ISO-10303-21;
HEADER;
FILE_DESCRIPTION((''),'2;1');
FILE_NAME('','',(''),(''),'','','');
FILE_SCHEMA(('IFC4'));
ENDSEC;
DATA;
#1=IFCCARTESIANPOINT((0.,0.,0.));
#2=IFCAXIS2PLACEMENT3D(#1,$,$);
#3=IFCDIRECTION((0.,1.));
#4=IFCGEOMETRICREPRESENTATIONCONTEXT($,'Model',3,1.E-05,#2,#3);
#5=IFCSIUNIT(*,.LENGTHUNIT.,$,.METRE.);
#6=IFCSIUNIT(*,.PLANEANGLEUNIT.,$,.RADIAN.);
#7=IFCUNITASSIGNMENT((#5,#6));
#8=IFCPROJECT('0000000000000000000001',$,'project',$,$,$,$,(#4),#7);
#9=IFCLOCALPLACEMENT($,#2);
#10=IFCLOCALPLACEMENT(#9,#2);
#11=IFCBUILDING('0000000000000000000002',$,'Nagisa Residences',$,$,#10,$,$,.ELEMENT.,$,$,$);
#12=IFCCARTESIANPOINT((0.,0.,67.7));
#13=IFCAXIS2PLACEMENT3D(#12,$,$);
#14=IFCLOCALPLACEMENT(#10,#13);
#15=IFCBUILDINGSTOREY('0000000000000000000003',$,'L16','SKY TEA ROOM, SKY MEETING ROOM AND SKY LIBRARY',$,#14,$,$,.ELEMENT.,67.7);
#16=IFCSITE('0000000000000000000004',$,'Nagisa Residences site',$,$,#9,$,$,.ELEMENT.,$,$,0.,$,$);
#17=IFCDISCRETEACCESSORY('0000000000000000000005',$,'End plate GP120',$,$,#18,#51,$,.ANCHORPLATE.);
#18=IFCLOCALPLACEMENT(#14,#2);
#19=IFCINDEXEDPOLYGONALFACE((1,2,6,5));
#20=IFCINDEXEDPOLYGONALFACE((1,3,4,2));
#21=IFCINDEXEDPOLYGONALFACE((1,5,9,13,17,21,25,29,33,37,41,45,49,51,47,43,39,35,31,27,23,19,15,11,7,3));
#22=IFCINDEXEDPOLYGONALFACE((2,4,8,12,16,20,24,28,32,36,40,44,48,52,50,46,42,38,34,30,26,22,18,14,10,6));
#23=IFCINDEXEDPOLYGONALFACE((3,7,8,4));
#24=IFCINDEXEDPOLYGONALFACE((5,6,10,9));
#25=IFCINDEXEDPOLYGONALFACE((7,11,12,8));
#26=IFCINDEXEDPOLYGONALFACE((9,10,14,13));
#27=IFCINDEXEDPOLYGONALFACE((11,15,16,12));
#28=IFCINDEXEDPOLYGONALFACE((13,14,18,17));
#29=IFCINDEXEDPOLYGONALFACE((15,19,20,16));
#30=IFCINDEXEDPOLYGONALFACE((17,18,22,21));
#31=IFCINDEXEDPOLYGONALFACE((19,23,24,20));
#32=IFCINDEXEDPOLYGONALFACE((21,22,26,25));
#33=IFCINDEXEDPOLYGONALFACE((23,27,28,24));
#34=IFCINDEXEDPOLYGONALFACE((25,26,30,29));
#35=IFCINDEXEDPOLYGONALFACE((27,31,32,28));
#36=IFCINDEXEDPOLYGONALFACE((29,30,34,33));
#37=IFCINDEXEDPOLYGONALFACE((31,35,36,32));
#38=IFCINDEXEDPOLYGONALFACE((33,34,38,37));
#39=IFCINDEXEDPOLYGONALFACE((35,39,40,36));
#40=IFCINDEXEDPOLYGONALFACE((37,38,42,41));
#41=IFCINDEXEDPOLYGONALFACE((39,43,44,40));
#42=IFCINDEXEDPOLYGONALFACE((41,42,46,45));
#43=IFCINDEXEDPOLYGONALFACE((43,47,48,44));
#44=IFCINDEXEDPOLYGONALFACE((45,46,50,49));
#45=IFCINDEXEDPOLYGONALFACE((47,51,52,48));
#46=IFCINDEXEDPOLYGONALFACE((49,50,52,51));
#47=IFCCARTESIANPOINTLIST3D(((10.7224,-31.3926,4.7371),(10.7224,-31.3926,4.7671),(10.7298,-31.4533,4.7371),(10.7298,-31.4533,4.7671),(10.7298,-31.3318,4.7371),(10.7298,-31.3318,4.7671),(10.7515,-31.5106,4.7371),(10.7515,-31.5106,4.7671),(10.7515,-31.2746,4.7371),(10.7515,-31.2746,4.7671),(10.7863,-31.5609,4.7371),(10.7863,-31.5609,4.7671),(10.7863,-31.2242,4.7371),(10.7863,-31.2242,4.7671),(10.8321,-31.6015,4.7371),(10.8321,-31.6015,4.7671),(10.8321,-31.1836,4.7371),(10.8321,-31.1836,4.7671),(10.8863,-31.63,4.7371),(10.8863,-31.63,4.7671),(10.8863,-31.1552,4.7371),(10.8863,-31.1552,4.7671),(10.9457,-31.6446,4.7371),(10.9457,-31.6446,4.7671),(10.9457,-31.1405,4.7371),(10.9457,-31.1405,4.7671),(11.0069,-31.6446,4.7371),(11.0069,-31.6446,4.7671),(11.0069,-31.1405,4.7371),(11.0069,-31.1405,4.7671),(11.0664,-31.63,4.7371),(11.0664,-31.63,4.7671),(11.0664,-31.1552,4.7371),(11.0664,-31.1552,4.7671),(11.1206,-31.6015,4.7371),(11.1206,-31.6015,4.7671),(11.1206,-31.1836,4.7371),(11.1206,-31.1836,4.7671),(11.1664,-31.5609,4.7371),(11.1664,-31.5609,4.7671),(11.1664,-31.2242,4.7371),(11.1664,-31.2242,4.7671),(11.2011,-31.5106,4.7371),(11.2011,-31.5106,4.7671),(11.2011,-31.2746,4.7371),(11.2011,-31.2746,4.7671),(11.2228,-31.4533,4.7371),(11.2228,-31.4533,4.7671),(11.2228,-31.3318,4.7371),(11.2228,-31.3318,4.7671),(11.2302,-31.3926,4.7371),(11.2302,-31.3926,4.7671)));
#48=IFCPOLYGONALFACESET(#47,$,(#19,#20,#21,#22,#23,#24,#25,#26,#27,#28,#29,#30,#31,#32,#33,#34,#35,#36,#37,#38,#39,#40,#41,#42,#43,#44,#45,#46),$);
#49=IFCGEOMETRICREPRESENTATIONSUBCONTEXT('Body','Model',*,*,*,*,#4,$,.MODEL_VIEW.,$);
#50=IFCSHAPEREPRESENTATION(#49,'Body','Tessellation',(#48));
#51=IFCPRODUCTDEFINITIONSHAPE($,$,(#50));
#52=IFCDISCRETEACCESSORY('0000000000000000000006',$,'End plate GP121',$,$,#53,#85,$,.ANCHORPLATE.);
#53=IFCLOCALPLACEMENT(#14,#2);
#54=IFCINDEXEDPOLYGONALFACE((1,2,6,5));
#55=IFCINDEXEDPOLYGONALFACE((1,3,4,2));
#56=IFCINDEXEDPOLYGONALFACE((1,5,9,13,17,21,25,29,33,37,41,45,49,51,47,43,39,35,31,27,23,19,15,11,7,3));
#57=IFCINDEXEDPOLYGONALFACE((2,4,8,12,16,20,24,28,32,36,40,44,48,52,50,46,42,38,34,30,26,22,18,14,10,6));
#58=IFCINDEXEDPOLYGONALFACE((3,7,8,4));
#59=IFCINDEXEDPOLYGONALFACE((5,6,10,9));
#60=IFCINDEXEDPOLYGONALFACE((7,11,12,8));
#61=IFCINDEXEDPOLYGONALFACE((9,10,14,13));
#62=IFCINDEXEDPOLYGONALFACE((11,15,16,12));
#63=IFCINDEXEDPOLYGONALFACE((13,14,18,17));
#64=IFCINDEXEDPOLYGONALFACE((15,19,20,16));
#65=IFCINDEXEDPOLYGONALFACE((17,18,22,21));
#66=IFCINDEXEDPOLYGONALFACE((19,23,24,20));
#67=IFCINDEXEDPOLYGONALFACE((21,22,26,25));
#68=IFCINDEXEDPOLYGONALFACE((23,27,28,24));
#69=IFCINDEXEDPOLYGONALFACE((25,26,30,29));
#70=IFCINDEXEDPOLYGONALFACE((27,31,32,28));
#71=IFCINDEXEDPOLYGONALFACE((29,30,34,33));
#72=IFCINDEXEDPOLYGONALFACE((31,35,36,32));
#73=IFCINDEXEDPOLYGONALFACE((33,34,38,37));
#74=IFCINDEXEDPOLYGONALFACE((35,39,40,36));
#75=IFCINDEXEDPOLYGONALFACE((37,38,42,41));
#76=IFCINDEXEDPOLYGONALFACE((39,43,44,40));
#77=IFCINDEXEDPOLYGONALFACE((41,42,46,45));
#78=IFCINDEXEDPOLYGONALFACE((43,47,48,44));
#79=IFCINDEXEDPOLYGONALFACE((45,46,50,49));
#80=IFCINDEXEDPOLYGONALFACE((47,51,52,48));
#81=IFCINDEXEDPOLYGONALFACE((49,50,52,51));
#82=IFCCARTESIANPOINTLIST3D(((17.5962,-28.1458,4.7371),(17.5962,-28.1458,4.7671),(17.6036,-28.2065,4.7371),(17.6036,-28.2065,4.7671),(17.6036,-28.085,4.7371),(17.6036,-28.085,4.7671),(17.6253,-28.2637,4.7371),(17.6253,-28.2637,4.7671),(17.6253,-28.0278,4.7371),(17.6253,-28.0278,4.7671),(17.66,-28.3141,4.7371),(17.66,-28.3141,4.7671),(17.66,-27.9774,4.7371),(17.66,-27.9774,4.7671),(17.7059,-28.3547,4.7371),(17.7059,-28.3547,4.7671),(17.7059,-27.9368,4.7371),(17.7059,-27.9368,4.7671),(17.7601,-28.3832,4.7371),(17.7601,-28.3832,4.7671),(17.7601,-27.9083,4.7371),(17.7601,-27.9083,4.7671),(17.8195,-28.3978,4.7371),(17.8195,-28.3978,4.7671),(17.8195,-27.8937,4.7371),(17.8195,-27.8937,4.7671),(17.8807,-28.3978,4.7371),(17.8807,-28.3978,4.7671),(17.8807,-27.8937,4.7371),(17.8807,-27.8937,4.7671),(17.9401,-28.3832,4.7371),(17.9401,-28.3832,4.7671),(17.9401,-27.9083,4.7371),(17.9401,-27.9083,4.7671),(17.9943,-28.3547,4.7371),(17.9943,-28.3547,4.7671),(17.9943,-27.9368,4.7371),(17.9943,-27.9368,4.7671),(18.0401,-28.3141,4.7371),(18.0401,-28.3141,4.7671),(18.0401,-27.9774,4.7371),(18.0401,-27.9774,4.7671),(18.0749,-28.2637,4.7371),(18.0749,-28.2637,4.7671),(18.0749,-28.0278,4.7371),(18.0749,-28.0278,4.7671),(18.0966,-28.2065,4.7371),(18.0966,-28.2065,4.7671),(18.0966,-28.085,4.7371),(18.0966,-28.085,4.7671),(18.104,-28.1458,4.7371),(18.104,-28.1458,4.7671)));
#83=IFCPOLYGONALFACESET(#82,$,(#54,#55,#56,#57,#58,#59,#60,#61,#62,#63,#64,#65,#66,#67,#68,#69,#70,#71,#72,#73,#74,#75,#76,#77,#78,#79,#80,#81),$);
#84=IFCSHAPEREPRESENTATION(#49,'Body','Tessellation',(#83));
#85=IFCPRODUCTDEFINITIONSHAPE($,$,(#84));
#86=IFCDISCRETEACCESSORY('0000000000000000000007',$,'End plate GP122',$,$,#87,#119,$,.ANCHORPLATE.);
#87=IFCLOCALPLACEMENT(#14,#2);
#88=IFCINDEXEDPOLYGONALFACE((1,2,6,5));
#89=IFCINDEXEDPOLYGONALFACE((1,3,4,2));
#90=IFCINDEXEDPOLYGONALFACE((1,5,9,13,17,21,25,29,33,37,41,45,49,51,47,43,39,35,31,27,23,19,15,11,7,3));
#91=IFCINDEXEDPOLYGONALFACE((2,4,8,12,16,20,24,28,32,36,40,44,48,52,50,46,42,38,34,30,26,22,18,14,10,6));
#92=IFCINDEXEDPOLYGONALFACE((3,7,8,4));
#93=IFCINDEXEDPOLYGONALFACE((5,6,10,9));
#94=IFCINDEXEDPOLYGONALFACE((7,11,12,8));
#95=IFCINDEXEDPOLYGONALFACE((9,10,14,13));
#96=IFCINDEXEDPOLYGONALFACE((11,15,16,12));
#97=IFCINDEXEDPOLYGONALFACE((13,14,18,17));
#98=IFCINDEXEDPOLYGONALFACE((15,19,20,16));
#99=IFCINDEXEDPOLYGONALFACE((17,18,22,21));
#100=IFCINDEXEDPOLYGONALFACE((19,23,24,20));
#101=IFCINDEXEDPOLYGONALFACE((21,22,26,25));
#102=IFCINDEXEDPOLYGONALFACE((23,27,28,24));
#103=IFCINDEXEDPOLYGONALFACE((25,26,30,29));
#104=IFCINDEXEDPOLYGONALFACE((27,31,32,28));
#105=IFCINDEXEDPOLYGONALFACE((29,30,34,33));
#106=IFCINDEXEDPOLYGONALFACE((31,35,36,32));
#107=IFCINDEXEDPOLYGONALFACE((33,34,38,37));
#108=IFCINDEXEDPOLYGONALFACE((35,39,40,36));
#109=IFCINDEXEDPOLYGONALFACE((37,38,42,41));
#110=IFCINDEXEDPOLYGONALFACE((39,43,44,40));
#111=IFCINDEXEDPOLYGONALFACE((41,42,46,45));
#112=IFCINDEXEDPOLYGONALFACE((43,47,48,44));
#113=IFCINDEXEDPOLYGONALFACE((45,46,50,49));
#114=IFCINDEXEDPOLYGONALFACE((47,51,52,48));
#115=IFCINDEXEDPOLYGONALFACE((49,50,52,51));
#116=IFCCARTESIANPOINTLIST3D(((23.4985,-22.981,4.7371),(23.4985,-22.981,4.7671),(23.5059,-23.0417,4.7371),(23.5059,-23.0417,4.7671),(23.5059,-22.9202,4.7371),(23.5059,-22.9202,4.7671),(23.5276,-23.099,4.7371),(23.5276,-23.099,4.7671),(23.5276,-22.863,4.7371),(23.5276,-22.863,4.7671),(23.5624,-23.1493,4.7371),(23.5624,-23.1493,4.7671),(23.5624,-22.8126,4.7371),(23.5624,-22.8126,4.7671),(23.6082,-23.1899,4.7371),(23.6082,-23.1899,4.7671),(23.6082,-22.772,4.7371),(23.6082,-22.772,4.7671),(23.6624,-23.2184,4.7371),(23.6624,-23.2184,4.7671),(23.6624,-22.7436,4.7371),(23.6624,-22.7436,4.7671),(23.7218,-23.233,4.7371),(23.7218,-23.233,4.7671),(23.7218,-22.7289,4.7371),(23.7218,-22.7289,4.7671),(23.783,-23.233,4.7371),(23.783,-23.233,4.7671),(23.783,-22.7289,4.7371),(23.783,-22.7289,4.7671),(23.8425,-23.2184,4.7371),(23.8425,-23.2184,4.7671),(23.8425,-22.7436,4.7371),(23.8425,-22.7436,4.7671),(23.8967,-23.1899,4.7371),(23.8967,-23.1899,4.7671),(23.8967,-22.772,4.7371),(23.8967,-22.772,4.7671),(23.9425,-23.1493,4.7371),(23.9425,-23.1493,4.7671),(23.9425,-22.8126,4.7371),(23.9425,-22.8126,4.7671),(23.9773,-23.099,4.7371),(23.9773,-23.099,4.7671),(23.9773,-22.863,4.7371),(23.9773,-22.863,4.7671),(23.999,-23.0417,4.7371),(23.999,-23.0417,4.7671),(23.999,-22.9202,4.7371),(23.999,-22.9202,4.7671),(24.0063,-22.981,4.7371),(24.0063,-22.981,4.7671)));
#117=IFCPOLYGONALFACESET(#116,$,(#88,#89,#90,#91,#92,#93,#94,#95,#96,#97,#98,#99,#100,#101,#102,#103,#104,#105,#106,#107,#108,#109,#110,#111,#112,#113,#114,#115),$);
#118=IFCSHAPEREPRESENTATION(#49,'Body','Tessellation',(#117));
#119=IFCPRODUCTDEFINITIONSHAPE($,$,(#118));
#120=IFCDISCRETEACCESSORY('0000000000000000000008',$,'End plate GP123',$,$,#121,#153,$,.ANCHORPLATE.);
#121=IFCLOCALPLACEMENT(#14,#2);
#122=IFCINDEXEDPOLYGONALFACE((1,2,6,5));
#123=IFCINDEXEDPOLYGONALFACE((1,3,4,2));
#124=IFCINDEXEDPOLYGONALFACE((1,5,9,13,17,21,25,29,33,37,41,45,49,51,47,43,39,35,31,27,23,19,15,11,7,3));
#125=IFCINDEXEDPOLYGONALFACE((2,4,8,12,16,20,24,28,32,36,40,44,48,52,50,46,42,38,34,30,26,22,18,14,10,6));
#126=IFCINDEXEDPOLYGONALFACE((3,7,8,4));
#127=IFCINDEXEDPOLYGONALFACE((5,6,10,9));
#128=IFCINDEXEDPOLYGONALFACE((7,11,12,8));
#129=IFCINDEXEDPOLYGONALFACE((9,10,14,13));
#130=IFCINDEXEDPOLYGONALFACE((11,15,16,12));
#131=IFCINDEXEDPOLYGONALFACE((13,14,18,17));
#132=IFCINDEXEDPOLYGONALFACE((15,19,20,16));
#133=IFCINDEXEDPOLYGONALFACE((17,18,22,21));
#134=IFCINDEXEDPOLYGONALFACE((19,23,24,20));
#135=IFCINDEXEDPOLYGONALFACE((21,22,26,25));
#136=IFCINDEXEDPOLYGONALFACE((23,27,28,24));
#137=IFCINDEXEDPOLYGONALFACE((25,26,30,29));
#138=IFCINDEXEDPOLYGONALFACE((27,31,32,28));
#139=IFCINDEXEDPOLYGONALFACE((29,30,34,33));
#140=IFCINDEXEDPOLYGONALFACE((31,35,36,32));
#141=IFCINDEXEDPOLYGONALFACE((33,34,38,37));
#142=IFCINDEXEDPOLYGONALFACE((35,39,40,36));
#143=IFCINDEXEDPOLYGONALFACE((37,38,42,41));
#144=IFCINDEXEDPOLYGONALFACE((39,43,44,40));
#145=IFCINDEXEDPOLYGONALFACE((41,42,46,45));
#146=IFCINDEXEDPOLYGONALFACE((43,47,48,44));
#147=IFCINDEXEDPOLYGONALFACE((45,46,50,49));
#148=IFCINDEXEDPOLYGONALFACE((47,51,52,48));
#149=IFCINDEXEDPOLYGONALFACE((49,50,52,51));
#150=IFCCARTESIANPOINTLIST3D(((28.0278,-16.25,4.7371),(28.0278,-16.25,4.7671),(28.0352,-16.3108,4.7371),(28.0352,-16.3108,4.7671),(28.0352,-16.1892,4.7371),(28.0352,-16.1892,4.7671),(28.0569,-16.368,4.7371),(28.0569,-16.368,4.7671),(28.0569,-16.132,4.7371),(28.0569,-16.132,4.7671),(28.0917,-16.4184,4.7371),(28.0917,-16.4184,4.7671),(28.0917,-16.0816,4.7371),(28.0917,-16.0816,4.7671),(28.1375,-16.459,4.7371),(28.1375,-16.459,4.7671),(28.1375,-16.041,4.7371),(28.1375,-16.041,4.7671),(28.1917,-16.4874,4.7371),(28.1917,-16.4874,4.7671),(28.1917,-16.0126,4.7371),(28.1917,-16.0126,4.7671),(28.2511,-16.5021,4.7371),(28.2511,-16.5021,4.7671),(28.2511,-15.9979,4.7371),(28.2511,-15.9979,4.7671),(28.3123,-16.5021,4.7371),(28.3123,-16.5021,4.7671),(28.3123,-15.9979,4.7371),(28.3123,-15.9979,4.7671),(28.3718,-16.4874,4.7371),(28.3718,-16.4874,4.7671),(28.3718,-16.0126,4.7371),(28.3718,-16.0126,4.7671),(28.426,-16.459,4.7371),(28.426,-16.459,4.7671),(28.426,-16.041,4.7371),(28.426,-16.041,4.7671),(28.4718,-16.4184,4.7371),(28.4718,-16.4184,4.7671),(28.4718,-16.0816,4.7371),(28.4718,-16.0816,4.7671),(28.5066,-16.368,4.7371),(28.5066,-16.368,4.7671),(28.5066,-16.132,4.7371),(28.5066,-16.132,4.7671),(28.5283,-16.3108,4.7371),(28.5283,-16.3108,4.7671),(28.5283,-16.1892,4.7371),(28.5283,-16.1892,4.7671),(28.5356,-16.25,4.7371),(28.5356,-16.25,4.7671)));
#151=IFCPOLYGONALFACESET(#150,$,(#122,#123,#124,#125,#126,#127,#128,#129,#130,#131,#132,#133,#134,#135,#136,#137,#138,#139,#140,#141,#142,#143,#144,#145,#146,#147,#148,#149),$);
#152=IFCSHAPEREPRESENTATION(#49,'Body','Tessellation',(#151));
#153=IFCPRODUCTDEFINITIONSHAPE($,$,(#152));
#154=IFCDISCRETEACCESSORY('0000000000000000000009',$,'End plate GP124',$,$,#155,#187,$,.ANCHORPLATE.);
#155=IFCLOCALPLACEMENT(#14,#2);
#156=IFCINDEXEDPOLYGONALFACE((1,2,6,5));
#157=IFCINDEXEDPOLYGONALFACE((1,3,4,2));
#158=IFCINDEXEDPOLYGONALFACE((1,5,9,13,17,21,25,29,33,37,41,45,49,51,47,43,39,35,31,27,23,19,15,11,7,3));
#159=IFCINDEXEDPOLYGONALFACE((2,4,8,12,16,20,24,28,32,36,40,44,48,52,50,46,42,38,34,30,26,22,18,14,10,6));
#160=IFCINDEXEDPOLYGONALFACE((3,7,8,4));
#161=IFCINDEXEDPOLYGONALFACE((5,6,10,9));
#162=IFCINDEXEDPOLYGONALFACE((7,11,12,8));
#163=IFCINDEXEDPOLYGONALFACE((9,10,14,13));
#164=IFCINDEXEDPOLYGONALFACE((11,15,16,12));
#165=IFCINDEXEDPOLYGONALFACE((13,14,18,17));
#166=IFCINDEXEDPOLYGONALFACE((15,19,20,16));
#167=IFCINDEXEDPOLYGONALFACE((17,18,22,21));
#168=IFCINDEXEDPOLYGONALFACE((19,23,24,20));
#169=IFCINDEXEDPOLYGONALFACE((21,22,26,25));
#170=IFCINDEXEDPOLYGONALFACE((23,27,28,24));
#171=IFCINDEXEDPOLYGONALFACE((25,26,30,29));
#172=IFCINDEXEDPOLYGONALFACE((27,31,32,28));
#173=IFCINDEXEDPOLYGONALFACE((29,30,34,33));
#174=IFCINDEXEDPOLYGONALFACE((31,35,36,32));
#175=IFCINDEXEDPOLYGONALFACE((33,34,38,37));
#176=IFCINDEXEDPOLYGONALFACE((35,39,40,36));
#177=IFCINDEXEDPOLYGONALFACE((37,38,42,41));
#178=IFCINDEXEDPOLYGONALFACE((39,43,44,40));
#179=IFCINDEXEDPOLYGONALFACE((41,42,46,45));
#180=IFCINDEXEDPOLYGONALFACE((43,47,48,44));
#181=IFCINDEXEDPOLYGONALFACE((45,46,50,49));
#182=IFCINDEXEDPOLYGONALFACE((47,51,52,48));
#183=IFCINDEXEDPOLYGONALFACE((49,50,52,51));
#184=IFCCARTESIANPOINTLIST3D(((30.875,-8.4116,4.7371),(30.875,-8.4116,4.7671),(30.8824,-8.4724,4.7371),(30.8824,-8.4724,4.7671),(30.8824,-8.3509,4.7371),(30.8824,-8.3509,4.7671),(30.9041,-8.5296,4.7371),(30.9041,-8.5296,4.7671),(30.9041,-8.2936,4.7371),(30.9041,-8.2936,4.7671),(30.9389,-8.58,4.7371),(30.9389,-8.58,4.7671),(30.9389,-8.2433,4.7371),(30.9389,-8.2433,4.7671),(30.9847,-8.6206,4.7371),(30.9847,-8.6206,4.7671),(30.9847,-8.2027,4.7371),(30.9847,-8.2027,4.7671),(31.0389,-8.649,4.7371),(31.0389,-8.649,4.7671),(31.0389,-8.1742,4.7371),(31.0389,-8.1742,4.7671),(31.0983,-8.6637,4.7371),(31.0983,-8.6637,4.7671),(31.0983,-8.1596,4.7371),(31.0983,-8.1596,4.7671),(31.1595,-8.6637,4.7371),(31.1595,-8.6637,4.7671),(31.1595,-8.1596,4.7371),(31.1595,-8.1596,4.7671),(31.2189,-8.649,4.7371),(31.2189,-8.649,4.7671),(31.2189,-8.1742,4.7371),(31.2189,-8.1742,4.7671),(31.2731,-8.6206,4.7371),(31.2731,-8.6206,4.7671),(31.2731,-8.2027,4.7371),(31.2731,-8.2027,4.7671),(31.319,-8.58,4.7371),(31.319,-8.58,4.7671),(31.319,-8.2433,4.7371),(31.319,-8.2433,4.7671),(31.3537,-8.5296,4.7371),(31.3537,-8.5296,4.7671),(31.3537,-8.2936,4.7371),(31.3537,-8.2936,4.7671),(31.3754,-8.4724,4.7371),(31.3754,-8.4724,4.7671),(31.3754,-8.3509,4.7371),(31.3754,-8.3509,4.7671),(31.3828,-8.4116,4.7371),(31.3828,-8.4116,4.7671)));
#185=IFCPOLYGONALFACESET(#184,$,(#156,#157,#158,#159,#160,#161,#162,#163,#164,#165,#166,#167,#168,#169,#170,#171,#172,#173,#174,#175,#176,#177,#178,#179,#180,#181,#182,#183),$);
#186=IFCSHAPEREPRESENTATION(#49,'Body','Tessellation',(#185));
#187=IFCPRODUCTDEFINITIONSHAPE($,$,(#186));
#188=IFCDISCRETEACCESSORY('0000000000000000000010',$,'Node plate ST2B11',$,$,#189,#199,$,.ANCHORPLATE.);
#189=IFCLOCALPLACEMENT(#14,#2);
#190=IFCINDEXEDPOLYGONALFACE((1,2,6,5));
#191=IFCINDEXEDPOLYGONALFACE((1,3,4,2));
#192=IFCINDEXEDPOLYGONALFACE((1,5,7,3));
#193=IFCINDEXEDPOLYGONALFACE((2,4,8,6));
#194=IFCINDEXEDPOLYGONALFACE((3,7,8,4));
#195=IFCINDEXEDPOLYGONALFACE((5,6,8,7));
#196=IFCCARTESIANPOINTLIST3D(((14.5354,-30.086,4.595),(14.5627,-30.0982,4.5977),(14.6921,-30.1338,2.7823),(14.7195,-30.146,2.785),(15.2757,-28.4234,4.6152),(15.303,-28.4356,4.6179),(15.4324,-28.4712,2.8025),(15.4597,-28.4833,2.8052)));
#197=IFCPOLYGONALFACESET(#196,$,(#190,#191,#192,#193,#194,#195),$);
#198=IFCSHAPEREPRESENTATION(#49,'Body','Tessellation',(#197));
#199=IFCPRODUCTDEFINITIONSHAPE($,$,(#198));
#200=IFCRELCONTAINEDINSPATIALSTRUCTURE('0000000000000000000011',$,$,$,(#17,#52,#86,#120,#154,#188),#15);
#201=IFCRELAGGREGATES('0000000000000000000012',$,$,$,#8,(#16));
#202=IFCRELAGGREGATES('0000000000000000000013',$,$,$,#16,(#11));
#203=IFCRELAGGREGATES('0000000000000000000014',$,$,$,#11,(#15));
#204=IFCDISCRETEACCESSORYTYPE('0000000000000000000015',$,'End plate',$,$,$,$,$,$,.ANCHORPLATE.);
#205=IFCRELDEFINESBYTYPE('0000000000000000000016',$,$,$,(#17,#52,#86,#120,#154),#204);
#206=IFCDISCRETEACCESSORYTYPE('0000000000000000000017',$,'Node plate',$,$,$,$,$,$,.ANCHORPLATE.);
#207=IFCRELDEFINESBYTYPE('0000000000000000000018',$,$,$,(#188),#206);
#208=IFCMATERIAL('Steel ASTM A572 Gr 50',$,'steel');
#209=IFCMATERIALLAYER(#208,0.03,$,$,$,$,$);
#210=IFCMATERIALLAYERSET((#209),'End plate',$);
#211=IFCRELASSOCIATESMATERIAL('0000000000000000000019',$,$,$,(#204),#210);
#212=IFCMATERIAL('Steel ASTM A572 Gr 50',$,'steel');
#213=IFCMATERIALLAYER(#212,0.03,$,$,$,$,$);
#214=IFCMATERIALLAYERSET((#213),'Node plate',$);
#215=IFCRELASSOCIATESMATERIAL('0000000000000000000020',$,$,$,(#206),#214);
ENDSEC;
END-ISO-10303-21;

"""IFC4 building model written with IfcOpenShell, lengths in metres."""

from ifc_helpers import new_model, si_unit, direction, frame, origin, origin_2d, place, context, subcontext, project, spatial, rectangle, circle, extrude, material, layer, layer_set, type_object, element, save


model = new_model("IFC4")

# Units and contexts
model_context = context("Model", 3, precision=1e-05, world=origin(), true_north=direction((0.0, 1.0)))
body_context = subcontext(model_context, "Body", "Model", "MODEL_VIEW")
ifc_project = project(units=[si_unit("LENGTHUNIT", "METRE"), si_unit("PLANEANGLEUNIT", "RADIAN")], contexts=[model_context])

# Site, building, storey
site_placement = place(None, origin())
site = spatial("IfcSite", under=ifc_project, at=site_placement, Name="Nagisa Residences site", CompositionType="ELEMENT", RefElevation=0.0)
building_placement = place(site_placement, origin())
building = spatial("IfcBuilding", under=site, at=building_placement, Name="Nagisa Residences", CompositionType="ELEMENT")
storey_placement = place(building_placement, frame((0.0, 0.0, 67.7)))
storey = spatial("IfcBuildingStorey", under=building, at=storey_placement, Name="L16", Description="SKY TEA ROOM, SKY MEETING ROOM AND SKY LIBRARY", CompositionType="ELEMENT", Elevation=67.7)

# Discrete accessories
ifc_material_1 = material(Name="Steel ASTM A572 Gr 50", Category="steel")
ifc_layer_1 = layer(ifc_material_1, 0.03)
ifc_layer_set_1 = layer_set([ifc_layer_1], Name="End plate")
discrete_accessory_type_1 = type_object("IfcDiscreteAccessoryType", Name="End plate", PredefinedType="ANCHORPLATE", material=ifc_layer_set_1)
for number, where, z_axis, x_axis, name in (
    (1, (10.9763, -31.3926, 4.7371), (0.0, 0.0, 1.0), (1.0, 0.0, 0.0), "End plate GP120"),
    (2, (17.8501, -28.1458, 4.7371), (0.0, 0.0, 1.0), (1.0, 0.0, 0.0), "End plate GP121"),
    (3, (23.7524, -22.981, 4.7371), (0.0, 0.0, 1.0), (1.0, 0.0, 0.0), "End plate GP122"),
    (4, (28.2817, -16.25, 4.7371), (0.0, 0.0, 1.0), (1.0, 0.0, 0.0), "End plate GP123"),
    (5, (31.1289, -8.4116, 4.7371), (0.0, 0.0, 1.0), (1.0, 0.0, 0.0), "End plate GP124"),
):
    element("IfcDiscreteAccessory", number, at=place(storey_placement, frame(where, z_axis=z_axis, x_axis=x_axis)), inside=storey, type_object=discrete_accessory_type_1, Name=name, PredefinedType="ANCHORPLATE", context=body_context, shape_type="SweptSolid", body=[
        extrude(circle(Radius=0.2539, at=origin_2d()), origin(), (0.0, 0.0, 1.0), 0.03),
    ])
ifc_material_2 = material(Name="Steel ASTM A572 Gr 50", Category="steel")
ifc_layer_2 = layer(ifc_material_2, 0.03)
ifc_layer_set_2 = layer_set([ifc_layer_2], Name="Node plate")
discrete_accessory_type_2 = type_object("IfcDiscreteAccessoryType", Name="Node plate", PredefinedType="ANCHORPLATE", material=ifc_layer_set_2)
discrete_accessory_1_placement = place(storey_placement, frame((15.0112, -29.2908, 3.7014), z_axis=(-0.909488, 0.406021, -0.089325), x_axis=(0.406717, 0.913487, 0.011096)))
element("IfcDiscreteAccessory", 6, at=discrete_accessory_1_placement, inside=storey, type_object=discrete_accessory_type_2, Name="Node plate ST2B11", PredefinedType="ANCHORPLATE", context=body_context, shape_type="SweptSolid", body=[
    extrude(rectangle(XDim=1.8201, YDim=1.8201, at=origin_2d()), origin(), (0.0, 0.0, 1.0), 0.03),
])

save(model, "model.ifc")
